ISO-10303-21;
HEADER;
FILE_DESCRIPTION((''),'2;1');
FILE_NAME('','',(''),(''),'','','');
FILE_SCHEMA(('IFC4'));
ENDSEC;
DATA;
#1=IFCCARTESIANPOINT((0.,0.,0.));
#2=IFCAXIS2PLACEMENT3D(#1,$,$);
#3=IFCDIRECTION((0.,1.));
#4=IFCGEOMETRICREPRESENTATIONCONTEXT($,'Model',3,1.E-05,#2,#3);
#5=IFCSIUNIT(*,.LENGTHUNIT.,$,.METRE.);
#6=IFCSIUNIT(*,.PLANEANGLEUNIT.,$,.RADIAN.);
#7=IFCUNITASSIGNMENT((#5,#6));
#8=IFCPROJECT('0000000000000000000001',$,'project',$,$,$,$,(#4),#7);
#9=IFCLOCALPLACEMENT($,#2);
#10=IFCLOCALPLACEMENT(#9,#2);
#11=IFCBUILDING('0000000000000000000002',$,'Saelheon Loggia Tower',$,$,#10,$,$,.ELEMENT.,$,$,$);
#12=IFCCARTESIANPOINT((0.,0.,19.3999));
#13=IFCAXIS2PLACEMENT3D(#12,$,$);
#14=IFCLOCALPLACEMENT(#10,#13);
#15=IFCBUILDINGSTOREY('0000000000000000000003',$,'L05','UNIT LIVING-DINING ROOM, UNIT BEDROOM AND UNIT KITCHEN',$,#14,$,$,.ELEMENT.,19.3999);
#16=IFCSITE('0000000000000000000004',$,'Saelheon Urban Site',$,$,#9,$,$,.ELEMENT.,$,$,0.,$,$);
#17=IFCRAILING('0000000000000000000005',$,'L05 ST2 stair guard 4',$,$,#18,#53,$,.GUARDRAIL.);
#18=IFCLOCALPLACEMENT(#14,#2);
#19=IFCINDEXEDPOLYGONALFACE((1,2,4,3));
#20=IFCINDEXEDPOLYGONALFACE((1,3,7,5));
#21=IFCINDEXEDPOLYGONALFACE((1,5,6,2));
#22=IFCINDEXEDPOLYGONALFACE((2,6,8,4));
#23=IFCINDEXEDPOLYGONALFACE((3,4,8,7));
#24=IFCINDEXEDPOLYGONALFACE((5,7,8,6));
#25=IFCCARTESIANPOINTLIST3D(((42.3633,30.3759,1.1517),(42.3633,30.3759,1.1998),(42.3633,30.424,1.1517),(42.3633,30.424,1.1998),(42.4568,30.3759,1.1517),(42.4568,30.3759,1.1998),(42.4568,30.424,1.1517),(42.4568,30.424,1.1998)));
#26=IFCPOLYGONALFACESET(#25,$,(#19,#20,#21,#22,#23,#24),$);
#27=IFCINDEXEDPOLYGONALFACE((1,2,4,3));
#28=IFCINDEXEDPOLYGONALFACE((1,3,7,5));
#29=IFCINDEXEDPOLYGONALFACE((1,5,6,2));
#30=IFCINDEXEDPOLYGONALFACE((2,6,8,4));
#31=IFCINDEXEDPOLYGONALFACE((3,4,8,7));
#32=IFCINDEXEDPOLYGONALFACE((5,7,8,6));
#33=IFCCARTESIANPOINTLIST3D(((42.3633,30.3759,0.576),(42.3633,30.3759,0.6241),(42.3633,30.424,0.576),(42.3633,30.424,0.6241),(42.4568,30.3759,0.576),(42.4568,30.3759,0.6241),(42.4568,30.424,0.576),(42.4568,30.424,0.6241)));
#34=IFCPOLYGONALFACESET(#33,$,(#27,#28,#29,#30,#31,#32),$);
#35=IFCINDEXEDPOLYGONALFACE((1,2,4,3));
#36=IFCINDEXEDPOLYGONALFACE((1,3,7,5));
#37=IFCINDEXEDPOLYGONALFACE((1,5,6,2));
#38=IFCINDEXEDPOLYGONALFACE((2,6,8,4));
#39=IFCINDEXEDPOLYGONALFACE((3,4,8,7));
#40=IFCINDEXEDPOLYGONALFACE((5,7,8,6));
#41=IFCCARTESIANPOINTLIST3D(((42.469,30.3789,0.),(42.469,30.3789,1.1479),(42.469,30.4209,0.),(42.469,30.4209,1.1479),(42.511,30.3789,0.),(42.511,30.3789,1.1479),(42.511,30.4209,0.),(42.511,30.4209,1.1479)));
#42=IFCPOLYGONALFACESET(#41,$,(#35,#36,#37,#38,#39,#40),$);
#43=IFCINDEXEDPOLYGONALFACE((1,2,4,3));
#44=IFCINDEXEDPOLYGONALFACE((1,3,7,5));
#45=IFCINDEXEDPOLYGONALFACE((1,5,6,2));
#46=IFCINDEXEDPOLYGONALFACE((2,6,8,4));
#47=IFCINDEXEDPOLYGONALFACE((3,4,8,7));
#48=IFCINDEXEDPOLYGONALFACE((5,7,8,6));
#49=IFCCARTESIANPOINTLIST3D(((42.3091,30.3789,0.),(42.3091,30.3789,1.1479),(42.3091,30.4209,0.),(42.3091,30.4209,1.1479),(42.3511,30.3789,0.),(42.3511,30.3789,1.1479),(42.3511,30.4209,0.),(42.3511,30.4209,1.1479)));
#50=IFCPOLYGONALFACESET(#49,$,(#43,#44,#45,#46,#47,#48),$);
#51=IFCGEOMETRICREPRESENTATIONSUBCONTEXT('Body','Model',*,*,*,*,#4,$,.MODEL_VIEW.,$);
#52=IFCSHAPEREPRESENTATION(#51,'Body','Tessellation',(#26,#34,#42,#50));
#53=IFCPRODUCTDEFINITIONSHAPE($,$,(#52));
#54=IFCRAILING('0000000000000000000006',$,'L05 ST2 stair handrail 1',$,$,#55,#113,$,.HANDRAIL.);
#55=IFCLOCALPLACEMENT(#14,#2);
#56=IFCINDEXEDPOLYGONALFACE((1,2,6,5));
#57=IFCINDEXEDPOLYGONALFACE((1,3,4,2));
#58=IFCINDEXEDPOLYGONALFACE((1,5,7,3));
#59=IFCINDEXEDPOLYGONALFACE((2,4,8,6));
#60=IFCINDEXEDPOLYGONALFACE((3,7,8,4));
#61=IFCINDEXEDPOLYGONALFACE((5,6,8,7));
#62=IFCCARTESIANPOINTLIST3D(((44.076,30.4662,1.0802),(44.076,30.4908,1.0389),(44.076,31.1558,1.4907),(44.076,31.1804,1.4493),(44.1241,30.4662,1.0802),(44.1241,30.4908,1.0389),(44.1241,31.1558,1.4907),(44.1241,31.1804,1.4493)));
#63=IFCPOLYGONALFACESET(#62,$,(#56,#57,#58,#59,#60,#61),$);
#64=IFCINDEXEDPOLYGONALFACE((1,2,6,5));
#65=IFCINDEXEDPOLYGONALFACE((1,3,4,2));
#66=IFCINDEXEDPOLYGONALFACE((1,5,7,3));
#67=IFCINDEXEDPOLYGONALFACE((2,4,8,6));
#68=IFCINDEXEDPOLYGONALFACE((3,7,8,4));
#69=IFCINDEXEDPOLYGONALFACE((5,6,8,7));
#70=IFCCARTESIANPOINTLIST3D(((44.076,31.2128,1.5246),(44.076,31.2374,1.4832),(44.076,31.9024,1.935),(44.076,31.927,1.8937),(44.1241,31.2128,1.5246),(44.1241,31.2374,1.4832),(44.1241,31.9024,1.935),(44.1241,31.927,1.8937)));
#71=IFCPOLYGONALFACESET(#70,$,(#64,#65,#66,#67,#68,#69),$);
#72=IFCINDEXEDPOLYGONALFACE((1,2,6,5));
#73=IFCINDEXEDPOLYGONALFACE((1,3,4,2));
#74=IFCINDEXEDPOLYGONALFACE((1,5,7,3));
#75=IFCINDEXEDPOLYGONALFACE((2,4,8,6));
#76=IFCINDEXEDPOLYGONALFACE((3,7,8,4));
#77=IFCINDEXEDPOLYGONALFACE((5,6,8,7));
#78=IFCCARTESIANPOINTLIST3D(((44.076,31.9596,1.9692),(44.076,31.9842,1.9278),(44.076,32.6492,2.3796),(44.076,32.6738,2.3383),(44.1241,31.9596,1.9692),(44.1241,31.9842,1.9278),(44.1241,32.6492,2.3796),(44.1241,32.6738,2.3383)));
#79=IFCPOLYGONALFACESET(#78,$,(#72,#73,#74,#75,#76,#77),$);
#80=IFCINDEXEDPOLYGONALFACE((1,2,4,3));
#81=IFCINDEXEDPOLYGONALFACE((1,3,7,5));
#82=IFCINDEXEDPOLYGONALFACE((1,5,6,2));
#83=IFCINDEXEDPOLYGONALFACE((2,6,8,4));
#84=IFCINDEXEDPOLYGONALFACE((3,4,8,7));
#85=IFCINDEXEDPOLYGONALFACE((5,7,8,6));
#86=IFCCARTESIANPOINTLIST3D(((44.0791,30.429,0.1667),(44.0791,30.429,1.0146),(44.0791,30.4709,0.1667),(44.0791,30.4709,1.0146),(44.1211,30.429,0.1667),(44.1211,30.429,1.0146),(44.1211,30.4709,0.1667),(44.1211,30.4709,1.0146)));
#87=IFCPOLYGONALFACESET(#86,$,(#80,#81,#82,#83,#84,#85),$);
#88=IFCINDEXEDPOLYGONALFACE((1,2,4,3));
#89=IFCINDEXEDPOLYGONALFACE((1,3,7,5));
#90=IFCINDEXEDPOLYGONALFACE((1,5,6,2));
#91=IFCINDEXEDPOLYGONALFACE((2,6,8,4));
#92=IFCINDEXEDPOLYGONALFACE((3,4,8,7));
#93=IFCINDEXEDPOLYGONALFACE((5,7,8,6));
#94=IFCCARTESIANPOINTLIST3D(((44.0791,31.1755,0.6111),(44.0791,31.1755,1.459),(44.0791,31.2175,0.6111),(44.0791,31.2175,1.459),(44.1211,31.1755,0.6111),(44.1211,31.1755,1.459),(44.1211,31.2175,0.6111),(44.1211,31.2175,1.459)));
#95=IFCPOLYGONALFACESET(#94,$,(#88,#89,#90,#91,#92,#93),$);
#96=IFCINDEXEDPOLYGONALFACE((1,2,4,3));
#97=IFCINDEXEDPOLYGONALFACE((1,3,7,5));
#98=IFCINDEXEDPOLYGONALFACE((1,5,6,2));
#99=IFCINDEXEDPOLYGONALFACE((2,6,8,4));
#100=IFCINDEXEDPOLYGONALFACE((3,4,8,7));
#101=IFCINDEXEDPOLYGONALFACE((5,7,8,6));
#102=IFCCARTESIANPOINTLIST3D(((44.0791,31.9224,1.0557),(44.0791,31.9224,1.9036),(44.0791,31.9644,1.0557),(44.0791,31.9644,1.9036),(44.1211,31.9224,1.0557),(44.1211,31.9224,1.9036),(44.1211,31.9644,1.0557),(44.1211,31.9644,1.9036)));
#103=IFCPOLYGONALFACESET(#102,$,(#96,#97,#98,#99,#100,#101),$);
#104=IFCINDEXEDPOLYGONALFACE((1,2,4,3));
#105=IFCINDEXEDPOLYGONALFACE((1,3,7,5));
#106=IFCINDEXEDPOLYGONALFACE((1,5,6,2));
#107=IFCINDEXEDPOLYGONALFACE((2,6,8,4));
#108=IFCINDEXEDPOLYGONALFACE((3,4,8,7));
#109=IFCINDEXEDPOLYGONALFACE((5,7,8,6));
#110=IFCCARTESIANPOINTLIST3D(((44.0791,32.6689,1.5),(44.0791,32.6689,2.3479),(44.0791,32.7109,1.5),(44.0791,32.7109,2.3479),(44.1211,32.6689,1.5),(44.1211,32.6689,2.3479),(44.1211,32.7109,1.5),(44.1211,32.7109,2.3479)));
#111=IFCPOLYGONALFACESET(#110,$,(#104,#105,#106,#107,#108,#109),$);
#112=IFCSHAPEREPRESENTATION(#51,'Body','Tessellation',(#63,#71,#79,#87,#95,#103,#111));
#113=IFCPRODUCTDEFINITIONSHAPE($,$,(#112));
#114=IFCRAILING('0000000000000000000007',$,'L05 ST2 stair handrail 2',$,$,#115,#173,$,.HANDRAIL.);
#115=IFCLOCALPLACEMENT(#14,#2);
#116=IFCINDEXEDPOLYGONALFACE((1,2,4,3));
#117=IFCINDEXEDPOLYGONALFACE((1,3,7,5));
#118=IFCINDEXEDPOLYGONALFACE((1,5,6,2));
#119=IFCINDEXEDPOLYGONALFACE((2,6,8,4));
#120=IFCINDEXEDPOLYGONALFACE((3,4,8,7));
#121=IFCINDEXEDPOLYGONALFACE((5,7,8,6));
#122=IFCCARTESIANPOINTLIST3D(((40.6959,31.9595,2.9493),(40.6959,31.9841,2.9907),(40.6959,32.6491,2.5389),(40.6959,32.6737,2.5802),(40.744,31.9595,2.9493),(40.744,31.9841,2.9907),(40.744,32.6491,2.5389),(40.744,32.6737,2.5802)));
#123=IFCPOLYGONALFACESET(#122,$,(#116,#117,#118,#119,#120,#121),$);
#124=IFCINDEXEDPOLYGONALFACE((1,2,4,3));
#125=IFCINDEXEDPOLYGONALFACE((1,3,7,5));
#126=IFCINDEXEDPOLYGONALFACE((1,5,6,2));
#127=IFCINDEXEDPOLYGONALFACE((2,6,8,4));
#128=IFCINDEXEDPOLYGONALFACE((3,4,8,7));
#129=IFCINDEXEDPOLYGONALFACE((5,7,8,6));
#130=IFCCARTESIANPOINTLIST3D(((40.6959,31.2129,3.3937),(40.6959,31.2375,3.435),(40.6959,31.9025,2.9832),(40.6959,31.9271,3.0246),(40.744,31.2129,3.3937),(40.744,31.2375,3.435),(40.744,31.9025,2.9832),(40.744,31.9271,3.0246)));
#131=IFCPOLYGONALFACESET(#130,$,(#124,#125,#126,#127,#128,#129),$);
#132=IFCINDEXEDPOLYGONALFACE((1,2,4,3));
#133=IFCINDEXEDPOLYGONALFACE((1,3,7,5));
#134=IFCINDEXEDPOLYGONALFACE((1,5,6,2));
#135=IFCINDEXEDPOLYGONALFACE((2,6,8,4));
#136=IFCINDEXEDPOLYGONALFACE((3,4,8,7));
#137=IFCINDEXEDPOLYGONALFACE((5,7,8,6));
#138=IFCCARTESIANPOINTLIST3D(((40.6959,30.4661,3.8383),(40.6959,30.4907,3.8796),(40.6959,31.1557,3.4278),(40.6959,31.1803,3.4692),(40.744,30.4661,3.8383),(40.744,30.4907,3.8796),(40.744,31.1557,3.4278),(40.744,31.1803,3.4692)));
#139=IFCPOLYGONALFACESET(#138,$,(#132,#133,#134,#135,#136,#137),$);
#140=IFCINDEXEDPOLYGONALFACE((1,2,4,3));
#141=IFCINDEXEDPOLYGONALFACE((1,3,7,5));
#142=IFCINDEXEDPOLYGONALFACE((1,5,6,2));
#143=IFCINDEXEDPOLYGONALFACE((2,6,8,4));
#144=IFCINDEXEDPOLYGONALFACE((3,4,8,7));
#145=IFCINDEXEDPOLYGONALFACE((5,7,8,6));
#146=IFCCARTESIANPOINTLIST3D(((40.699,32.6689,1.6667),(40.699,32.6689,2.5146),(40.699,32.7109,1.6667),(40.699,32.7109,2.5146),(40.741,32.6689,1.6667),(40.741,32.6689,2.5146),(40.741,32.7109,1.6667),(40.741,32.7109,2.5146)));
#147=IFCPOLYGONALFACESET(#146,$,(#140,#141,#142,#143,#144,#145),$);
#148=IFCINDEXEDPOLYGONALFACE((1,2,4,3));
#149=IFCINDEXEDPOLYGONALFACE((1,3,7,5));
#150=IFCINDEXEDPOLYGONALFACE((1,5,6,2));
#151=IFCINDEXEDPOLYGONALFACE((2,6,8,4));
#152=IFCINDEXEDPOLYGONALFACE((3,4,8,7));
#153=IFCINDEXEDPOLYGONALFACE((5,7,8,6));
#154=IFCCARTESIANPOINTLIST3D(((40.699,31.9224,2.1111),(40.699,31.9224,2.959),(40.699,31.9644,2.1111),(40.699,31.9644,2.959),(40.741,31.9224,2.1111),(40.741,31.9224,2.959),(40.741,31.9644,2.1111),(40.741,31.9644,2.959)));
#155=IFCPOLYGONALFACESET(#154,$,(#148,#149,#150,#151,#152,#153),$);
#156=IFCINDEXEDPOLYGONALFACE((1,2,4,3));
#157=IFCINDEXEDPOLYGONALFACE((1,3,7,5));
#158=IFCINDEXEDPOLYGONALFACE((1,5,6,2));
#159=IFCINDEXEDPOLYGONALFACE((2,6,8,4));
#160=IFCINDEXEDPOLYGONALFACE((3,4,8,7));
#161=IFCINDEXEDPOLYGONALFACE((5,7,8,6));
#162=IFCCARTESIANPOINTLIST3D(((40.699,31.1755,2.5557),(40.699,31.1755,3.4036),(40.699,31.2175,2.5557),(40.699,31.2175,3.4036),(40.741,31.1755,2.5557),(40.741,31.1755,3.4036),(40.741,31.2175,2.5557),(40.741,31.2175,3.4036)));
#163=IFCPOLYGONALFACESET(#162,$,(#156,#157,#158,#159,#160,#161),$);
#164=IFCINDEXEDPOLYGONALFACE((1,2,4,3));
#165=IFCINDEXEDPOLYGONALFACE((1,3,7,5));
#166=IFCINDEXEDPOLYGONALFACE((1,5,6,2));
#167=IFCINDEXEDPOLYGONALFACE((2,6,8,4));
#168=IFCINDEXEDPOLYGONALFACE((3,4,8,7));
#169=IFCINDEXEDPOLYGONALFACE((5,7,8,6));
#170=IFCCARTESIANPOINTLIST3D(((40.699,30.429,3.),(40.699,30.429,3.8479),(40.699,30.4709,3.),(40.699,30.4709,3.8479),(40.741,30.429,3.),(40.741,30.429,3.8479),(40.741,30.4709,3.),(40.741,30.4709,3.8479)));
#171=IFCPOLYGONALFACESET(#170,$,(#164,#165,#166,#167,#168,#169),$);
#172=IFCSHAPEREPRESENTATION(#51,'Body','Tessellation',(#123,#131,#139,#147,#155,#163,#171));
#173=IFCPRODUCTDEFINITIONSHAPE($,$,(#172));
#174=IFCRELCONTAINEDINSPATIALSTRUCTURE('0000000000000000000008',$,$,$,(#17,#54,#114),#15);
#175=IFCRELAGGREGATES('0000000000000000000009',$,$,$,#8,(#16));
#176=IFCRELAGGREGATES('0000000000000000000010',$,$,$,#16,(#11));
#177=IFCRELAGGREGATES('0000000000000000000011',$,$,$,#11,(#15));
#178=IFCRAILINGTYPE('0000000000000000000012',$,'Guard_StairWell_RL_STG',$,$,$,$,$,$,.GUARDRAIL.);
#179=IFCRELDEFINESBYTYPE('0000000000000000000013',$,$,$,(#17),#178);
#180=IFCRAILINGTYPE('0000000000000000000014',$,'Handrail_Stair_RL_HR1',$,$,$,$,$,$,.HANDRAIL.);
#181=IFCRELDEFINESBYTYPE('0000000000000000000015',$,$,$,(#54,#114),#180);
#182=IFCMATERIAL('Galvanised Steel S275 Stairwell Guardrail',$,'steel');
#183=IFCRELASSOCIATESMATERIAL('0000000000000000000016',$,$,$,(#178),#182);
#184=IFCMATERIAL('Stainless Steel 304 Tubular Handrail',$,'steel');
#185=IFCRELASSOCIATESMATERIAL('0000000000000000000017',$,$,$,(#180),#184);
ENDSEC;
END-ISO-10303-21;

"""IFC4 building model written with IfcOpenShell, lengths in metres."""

from ifc_helpers import new_model, si_unit, direction, frame, origin, origin_2d, place, context, subcontext, project, spatial, rectangle, extrude, material, type_object, element, save


model = new_model("IFC4")

# Units and contexts
model_context = context("Model", 3, precision=1e-05, world=origin(), true_north=direction((0.0, 1.0)))
body_context = subcontext(model_context, "Body", "Model", "MODEL_VIEW")
ifc_project = project(units=[si_unit("LENGTHUNIT", "METRE"), si_unit("PLANEANGLEUNIT", "RADIAN")], contexts=[model_context])

# Site, building, storey
site_placement = place(None, origin())
site = spatial("IfcSite", under=ifc_project, at=site_placement, Name="Saelheon Urban Site", CompositionType="ELEMENT", RefElevation=0.0)
building_placement = place(site_placement, origin())
building = spatial("IfcBuilding", under=site, at=building_placement, Name="Saelheon Loggia Tower", CompositionType="ELEMENT")
storey_placement = place(building_placement, frame((0.0, 0.0, 19.3999)))
storey = spatial("IfcBuildingStorey", under=building, at=storey_placement, Name="L05", Description="UNIT LIVING-DINING ROOM, UNIT BEDROOM AND UNIT KITCHEN", CompositionType="ELEMENT", Elevation=19.3999)

# Railings
ifc_material_1 = material(Name="Galvanised Steel S275 Stairwell Guardrail", Category="steel")
railing_type_1 = type_object("IfcRailingType", Name="Guard_StairWell_RL_STG", PredefinedType="GUARDRAIL", material=ifc_material_1)
railing_1_placement = place(storey_placement, frame((42.49, 30.3999, 0.0)))
element("IfcRailing", 1, at=railing_1_placement, inside=storey, type_object=railing_type_1, Name="L05 ST2 stair guard 4", PredefinedType="GUARDRAIL", context=body_context, shape_type="SweptSolid", body=[
    extrude(rectangle(XDim=0.0481, YDim=0.0481, at=origin_2d()), frame((-0.0332, 0.0, 1.1758), z_axis=(-1.0, 0.0, 0.0), x_axis=(0.0, -1.0, 0.0)), (0.0, 0.0, 1.0), 0.0935),
    extrude(rectangle(XDim=0.0481, YDim=0.0481, at=origin_2d()), frame((-0.0332, 0.0, 0.6001), z_axis=(-1.0, 0.0, 0.0), x_axis=(0.0, -1.0, 0.0)), (0.0, 0.0, 1.0), 0.0935),
    extrude(rectangle(XDim=0.042, YDim=0.042, at=origin_2d()), origin(), (0.0, 0.0, 1.0), 1.1479),
    extrude(rectangle(XDim=0.042, YDim=0.042, at=origin_2d()), frame((-0.1599, 0.0, 0.0)), (0.0, 0.0, 1.0), 1.1479),
])
ifc_material_2 = material(Name="Stainless Steel 304 Tubular Handrail", Category="steel")
railing_type_2 = type_object("IfcRailingType", Name="Handrail_Stair_RL_HR1", PredefinedType="HANDRAIL", material=ifc_material_2)
railing_2_placement = place(storey_placement, frame((44.1001, 30.45, 0.1667)))
element("IfcRailing", 2, at=railing_2_placement, inside=storey, type_object=railing_type_2, Name="L05 ST2 stair handrail 1", PredefinedType="HANDRAIL", context=body_context, shape_type="SweptSolid", body=[
    extrude(rectangle(XDim=0.0481, YDim=0.0481, at=origin_2d()), frame((0.0, 0.0286, 0.8928), z_axis=(0.0, 0.859306, 0.511462), x_axis=(-1.0, 0.0, 0.0)), (0.0, 0.0, 1.0), 0.8025),
    extrude(rectangle(XDim=0.0481, YDim=0.0481, at=origin_2d()), frame((0.0, 0.7751, 1.3372), z_axis=(0.0, 0.859306, 0.511462), x_axis=(-1.0, 0.0, 0.0)), (0.0, 0.0, 1.0), 0.8025),
    extrude(rectangle(XDim=0.0481, YDim=0.0481, at=origin_2d()), frame((0.0, 1.522, 1.7817), z_axis=(0.0, 0.859306, 0.511462), x_axis=(-1.0, 0.0, 0.0)), (0.0, 0.0, 1.0), 0.8025),
    extrude(rectangle(XDim=0.042, YDim=0.042, at=origin_2d()), origin(), (0.0, 0.0, 1.0), 0.8479),
    extrude(rectangle(XDim=0.042, YDim=0.042, at=origin_2d()), frame((0.0, 0.7466, 0.4443)), (0.0, 0.0, 1.0), 0.8479),
    extrude(rectangle(XDim=0.042, YDim=0.042, at=origin_2d()), frame((0.0, 1.4934, 0.8889)), (0.0, 0.0, 1.0), 0.8479),
    extrude(rectangle(XDim=0.042, YDim=0.042, at=origin_2d()), frame((0.0, 2.24, 1.3333)), (0.0, 0.0, 1.0), 0.8479),
])
railing_3_placement = place(storey_placement, frame((40.72, 32.6899, 1.6667)))
element("IfcRailing", 3, at=railing_3_placement, inside=storey, type_object=railing_type_2, Name="L05 ST2 stair handrail 2", PredefinedType="HANDRAIL", context=body_context, shape_type="SweptSolid", body=[
    extrude(rectangle(XDim=0.0481, YDim=0.0481, at=origin_2d()), frame((0.0, -0.0286, 0.8928), z_axis=(0.0, -0.859306, 0.511462), x_axis=(1.0, 0.0, 0.0)), (0.0, 0.0, 1.0), 0.8025),
    extrude(rectangle(XDim=0.0481, YDim=0.0481, at=origin_2d()), frame((0.0, -0.7751, 1.3372), z_axis=(0.0, -0.859306, 0.511462), x_axis=(1.0, 0.0, 0.0)), (0.0, 0.0, 1.0), 0.8025),
    extrude(rectangle(XDim=0.0481, YDim=0.0481, at=origin_2d()), frame((0.0, -1.522, 1.7817), z_axis=(0.0, -0.859306, 0.511462), x_axis=(1.0, 0.0, 0.0)), (0.0, 0.0, 1.0), 0.8025),
    extrude(rectangle(XDim=0.042, YDim=0.042, at=origin_2d()), origin(), (0.0, 0.0, 1.0), 0.8479),
    extrude(rectangle(XDim=0.042, YDim=0.042, at=origin_2d()), frame((0.0, -0.7466, 0.4443)), (0.0, 0.0, 1.0), 0.8479),
    extrude(rectangle(XDim=0.042, YDim=0.042, at=origin_2d()), frame((0.0, -1.4934, 0.8889)), (0.0, 0.0, 1.0), 0.8479),
    extrude(rectangle(XDim=0.042, YDim=0.042, at=origin_2d()), frame((0.0, -2.24, 1.3333)), (0.0, 0.0, 1.0), 0.8479),
])

save(model, "model.ifc")
